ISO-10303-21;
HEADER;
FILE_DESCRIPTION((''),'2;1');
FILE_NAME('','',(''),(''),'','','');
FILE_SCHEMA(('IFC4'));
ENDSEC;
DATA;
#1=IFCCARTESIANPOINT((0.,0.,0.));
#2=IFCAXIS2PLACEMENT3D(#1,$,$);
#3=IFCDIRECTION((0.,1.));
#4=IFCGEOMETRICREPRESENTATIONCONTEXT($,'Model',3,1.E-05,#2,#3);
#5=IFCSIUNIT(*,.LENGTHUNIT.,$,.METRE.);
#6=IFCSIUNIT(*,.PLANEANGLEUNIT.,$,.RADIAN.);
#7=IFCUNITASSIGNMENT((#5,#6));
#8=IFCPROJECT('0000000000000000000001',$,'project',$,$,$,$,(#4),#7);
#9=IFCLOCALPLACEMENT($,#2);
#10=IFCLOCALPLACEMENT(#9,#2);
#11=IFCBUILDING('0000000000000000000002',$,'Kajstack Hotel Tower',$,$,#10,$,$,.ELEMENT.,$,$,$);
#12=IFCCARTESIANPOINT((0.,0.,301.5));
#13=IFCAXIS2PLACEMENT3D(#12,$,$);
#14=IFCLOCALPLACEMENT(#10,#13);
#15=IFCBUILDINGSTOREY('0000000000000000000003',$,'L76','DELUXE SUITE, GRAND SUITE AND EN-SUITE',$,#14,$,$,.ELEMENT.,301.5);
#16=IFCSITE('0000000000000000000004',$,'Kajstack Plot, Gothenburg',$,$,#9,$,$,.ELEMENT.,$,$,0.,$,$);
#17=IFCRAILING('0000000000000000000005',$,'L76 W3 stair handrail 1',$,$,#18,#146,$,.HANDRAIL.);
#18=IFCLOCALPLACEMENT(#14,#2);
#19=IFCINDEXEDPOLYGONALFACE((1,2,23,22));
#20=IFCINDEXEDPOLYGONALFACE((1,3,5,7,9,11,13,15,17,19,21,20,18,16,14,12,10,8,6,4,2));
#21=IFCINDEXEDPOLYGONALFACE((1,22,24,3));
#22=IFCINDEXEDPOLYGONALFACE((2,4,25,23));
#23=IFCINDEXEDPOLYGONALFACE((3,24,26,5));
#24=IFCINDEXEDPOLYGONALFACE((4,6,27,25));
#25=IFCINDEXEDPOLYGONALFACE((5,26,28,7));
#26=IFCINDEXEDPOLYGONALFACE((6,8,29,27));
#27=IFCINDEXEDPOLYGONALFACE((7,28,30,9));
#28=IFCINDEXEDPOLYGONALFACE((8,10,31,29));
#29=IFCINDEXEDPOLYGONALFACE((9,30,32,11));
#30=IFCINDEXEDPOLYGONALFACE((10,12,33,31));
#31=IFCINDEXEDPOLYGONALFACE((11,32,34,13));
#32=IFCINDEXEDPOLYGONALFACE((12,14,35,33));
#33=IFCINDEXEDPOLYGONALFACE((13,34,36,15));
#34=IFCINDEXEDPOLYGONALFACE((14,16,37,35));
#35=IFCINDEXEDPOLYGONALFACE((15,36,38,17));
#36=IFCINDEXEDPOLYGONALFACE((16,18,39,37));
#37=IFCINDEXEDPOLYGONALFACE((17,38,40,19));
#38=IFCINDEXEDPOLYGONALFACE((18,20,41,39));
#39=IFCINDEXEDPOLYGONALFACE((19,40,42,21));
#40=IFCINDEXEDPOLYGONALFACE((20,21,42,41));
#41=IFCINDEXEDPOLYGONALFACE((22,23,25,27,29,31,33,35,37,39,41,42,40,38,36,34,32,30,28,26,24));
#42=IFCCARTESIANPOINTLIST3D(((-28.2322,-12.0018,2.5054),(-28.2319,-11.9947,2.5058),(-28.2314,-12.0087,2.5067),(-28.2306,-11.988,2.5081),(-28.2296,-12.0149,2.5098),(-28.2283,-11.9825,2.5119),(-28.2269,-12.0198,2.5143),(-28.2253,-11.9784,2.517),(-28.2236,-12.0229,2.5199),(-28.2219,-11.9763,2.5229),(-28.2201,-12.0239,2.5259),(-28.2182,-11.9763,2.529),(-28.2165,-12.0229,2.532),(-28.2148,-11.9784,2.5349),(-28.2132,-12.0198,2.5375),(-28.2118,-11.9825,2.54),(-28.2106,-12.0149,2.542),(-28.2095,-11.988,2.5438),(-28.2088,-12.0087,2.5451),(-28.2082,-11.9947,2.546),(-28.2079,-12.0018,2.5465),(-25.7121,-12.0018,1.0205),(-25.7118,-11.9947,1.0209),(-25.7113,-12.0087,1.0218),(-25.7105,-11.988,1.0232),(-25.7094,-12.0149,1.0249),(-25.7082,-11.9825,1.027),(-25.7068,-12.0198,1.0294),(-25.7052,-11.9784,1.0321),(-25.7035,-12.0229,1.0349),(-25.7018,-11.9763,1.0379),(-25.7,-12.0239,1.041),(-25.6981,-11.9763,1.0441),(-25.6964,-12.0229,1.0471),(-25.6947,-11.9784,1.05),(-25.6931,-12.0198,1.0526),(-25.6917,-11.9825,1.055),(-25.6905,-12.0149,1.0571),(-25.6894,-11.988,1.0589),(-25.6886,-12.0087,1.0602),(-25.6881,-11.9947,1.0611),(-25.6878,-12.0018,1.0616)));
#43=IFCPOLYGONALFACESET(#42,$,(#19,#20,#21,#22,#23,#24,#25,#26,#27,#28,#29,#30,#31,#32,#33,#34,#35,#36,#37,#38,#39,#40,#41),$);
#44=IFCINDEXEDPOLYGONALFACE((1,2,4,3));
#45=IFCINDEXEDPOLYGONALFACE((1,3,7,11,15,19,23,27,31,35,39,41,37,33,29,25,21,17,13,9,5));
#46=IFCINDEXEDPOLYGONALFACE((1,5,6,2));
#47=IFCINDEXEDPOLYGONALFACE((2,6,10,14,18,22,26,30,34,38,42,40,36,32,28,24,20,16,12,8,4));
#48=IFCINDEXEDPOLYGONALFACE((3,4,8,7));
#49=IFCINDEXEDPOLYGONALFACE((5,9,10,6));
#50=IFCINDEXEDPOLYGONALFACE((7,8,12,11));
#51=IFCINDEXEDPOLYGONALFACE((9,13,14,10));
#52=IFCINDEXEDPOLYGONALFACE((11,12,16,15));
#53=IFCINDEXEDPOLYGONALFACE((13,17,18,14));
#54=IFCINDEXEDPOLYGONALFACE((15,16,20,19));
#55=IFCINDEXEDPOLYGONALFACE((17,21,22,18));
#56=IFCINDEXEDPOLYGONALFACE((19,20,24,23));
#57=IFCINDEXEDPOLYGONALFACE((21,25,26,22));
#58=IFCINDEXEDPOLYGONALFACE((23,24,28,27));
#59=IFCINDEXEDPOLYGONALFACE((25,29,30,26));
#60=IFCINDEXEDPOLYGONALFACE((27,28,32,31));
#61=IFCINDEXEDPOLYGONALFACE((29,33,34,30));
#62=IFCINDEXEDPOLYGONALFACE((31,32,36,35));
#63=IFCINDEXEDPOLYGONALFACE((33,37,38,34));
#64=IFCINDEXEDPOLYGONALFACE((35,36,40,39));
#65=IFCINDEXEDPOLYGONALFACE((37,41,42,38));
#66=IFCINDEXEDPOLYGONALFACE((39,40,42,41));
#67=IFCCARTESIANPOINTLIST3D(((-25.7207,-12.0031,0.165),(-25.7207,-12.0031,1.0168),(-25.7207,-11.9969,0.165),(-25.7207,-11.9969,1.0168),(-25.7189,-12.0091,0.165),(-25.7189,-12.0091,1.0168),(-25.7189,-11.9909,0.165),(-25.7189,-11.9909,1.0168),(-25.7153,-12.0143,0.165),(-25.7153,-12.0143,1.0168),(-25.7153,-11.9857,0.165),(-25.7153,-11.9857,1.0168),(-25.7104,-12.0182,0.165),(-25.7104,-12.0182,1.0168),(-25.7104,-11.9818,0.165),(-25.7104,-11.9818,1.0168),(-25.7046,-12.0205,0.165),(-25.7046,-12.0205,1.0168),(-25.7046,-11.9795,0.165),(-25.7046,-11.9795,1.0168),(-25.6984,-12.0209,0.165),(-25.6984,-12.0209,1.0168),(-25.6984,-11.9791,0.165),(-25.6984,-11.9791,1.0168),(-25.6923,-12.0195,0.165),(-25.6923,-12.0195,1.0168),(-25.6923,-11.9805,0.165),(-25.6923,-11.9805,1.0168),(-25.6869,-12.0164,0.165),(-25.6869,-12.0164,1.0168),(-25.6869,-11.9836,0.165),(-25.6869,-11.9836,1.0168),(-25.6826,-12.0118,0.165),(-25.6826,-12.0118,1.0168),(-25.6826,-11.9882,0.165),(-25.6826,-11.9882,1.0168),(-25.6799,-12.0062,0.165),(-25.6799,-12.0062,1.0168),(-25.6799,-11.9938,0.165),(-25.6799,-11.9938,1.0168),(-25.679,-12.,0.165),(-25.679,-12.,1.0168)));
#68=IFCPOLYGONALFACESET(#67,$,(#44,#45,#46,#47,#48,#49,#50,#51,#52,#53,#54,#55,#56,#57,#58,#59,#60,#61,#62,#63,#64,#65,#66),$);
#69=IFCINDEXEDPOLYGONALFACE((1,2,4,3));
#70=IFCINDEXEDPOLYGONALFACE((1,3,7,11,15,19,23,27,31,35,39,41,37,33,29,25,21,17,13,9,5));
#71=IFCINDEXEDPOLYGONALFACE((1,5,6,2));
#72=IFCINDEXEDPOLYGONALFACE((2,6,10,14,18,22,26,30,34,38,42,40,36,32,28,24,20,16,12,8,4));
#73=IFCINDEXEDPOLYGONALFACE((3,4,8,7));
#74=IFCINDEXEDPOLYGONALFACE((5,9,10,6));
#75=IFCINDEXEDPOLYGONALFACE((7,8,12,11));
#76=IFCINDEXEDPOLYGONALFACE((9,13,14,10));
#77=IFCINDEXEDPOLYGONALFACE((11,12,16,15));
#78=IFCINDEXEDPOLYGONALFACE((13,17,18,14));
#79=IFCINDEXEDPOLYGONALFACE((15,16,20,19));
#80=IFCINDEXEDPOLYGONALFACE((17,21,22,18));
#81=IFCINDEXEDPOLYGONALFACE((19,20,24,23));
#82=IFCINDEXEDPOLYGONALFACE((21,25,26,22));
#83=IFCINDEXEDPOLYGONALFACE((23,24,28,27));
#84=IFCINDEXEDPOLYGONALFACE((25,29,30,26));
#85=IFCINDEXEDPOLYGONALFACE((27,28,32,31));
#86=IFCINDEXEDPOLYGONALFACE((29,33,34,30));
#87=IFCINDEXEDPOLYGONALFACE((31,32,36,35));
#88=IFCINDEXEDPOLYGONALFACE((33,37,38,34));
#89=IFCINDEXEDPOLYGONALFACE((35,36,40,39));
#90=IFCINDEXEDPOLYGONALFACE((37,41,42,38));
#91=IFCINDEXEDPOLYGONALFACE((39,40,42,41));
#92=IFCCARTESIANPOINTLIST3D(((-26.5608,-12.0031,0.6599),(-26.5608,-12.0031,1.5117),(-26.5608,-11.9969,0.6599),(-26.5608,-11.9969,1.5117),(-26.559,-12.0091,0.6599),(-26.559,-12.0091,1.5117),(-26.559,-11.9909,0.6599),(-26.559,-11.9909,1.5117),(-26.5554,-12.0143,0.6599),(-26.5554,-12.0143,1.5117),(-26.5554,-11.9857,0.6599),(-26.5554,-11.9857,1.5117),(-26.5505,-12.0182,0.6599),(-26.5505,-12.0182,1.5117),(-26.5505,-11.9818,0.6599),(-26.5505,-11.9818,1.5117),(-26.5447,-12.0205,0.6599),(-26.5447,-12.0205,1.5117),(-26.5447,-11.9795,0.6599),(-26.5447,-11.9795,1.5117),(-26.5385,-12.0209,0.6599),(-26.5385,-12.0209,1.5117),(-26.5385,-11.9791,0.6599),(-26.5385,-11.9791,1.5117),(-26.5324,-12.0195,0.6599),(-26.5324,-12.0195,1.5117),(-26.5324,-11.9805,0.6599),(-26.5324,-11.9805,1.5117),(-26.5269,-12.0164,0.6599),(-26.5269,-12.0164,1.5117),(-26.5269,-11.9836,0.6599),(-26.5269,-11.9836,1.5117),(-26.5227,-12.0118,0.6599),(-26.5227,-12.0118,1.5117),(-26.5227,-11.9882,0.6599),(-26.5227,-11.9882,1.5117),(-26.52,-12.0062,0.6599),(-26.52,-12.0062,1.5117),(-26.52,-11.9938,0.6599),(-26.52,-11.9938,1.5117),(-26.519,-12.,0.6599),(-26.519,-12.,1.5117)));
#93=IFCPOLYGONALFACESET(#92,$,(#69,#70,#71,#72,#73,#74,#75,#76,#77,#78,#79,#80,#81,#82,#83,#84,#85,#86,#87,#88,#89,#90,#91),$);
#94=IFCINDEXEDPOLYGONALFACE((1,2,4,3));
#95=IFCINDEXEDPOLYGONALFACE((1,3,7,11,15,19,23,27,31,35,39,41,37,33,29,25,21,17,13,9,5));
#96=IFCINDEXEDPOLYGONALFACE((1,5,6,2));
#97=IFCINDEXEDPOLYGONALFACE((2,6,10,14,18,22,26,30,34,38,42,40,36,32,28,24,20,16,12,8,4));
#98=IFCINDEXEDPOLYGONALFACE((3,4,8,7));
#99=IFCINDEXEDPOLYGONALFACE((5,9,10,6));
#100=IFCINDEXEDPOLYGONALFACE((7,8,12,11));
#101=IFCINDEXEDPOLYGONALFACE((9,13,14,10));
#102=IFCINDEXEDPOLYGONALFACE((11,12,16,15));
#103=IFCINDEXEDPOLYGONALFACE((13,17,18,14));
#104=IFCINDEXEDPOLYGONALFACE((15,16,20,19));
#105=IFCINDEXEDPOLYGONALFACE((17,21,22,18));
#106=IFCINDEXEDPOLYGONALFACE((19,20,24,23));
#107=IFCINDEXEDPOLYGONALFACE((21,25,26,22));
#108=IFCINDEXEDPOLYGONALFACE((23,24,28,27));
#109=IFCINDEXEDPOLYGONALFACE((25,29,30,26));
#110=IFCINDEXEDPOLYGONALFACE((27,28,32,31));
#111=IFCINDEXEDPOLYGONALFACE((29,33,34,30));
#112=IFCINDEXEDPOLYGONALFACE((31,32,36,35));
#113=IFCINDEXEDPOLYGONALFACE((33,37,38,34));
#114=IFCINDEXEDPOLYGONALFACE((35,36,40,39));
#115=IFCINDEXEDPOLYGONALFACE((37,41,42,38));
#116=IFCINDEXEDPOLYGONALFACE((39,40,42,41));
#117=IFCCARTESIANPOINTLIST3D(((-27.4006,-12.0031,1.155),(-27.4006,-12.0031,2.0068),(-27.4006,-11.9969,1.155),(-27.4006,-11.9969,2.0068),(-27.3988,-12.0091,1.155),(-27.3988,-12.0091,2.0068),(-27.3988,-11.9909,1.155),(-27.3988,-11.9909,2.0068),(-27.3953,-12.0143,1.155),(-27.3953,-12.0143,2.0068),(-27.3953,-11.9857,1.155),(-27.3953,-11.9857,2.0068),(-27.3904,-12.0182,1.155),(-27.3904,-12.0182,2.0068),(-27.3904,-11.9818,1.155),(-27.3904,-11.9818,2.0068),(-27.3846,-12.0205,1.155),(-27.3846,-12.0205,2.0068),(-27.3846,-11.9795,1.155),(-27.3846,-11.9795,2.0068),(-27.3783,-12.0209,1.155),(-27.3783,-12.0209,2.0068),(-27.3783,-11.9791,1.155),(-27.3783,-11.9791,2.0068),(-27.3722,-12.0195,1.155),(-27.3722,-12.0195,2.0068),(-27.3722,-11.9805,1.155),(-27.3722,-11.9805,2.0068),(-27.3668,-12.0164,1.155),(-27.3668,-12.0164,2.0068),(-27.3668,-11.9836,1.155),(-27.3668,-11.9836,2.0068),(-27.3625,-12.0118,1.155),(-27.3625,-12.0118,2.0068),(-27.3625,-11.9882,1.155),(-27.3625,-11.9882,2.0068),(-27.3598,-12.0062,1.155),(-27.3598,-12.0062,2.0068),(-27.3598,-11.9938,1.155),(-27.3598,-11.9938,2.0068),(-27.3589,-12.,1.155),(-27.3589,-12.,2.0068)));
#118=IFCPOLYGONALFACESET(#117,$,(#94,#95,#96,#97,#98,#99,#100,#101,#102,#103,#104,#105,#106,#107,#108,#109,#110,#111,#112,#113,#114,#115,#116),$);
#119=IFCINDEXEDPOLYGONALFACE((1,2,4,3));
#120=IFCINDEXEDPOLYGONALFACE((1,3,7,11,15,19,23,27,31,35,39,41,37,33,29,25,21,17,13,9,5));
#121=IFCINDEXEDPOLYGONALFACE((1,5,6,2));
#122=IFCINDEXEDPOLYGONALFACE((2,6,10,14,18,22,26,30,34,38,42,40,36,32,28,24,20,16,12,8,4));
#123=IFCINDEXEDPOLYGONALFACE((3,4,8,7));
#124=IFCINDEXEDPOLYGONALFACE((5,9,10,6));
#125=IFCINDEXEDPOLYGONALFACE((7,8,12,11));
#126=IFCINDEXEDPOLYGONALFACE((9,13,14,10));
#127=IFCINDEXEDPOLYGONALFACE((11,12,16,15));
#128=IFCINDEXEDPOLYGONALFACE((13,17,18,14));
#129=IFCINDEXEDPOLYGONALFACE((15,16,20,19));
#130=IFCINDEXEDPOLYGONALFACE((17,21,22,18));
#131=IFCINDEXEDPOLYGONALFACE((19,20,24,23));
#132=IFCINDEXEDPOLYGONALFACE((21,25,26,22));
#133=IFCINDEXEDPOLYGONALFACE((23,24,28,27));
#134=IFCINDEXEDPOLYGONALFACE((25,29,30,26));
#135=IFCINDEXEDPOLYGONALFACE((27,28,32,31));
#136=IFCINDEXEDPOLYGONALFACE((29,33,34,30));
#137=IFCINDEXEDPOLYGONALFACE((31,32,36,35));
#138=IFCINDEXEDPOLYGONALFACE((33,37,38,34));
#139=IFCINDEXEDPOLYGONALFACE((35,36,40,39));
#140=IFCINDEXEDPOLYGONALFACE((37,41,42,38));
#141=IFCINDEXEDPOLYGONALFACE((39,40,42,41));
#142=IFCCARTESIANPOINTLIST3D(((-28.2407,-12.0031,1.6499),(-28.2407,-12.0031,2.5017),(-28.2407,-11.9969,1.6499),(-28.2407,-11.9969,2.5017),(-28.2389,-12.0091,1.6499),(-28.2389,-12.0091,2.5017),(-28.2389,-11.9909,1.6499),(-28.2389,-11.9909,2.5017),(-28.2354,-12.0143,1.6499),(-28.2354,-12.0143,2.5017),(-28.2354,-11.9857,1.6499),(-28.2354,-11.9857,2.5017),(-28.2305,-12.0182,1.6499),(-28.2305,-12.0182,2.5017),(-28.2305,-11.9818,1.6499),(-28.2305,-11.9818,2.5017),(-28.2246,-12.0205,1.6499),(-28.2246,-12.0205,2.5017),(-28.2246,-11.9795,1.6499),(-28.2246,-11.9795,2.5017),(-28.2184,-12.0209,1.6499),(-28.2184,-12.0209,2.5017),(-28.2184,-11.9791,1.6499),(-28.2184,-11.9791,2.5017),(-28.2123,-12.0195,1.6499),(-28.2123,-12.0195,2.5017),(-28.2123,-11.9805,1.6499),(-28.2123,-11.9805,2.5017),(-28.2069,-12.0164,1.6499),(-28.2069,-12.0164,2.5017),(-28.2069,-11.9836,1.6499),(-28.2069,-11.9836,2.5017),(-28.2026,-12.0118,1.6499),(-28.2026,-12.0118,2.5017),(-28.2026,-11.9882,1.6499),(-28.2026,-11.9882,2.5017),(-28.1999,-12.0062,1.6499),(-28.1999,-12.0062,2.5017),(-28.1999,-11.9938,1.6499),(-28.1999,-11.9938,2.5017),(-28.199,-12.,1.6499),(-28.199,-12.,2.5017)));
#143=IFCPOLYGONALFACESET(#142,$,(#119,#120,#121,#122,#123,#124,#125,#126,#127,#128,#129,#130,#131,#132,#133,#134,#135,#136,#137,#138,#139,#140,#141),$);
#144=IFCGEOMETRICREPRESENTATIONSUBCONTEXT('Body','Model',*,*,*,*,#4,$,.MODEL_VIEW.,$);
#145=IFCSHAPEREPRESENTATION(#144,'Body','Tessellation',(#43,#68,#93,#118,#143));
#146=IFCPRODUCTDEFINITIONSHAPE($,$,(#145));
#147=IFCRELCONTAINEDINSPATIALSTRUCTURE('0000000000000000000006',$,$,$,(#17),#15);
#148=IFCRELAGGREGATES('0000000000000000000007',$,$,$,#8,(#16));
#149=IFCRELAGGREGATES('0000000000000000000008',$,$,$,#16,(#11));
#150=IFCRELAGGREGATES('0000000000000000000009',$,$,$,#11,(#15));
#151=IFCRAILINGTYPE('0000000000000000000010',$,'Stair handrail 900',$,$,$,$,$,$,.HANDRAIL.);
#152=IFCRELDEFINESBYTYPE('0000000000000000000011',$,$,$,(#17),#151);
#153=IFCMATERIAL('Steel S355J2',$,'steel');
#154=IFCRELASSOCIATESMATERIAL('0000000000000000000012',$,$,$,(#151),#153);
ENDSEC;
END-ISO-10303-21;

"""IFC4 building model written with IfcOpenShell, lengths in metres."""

from ifc_helpers import new_model, si_unit, direction, frame, origin, origin_2d, place, context, subcontext, project, spatial, circle, extrude, material, type_object, element, save


model = new_model("IFC4")

# Units and contexts
model_context = context("Model", 3, precision=1e-05, world=origin(), true_north=direction((0.0, 1.0)))
body_context = subcontext(model_context, "Body", "Model", "MODEL_VIEW")
ifc_project = project(units=[si_unit("LENGTHUNIT", "METRE"), si_unit("PLANEANGLEUNIT", "RADIAN")], contexts=[model_context])

# Site, building, storey
site_placement = place(None, origin())
site = spatial("IfcSite", under=ifc_project, at=site_placement, Name="Kajstack Plot, Gothenburg", CompositionType="ELEMENT", RefElevation=0.0)
building_placement = place(site_placement, origin())
building = spatial("IfcBuilding", under=site, at=building_placement, Name="Kajstack Hotel Tower", CompositionType="ELEMENT")
storey_placement = place(building_placement, frame((0.0, 0.0, 301.5)))
storey = spatial("IfcBuildingStorey", under=building, at=storey_placement, Name="L76", Description="DELUXE SUITE, GRAND SUITE AND EN-SUITE", CompositionType="ELEMENT", Elevation=301.5)

# Railing
ifc_material_1 = material(Name="Steel S355J2", Category="steel")
railing_type_1 = type_object("IfcRailingType", Name="Stair handrail 900", PredefinedType="HANDRAIL", material=ifc_material_1)
railing_1_placement = place(storey_placement, frame((-25.7, -12.0, 0.165)))
element("IfcRailing", 1, at=railing_1_placement, inside=storey, type_object=railing_type_1, Name="L76 W3 stair handrail 1", PredefinedType="HANDRAIL", context=body_context, shape_type="SweptSolid", body=[
    extrude(circle(Radius=0.0239, at=origin_2d()), frame((0.0, 0.0, 0.876), z_axis=(-0.861561, 0.0, 0.507655), x_axis=(0.0, -1.0, 0.0)), (0.0, 0.0, 1.0), 2.925),
    extrude(circle(Radius=0.021, at=origin_2d()), origin(), (0.0, 0.0, 1.0), 0.8518),
    extrude(circle(Radius=0.021, at=origin_2d()), frame((-0.8401, 0.0, 0.4949)), (0.0, 0.0, 1.0), 0.8518),
    extrude(circle(Radius=0.021, at=origin_2d()), frame((-1.6799, 0.0, 0.99)), (0.0, 0.0, 1.0), 0.8518),
    extrude(circle(Radius=0.021, at=origin_2d()), frame((-2.52, 0.0, 1.4849)), (0.0, 0.0, 1.0), 0.8518),
])

save(model, "model.ifc")
